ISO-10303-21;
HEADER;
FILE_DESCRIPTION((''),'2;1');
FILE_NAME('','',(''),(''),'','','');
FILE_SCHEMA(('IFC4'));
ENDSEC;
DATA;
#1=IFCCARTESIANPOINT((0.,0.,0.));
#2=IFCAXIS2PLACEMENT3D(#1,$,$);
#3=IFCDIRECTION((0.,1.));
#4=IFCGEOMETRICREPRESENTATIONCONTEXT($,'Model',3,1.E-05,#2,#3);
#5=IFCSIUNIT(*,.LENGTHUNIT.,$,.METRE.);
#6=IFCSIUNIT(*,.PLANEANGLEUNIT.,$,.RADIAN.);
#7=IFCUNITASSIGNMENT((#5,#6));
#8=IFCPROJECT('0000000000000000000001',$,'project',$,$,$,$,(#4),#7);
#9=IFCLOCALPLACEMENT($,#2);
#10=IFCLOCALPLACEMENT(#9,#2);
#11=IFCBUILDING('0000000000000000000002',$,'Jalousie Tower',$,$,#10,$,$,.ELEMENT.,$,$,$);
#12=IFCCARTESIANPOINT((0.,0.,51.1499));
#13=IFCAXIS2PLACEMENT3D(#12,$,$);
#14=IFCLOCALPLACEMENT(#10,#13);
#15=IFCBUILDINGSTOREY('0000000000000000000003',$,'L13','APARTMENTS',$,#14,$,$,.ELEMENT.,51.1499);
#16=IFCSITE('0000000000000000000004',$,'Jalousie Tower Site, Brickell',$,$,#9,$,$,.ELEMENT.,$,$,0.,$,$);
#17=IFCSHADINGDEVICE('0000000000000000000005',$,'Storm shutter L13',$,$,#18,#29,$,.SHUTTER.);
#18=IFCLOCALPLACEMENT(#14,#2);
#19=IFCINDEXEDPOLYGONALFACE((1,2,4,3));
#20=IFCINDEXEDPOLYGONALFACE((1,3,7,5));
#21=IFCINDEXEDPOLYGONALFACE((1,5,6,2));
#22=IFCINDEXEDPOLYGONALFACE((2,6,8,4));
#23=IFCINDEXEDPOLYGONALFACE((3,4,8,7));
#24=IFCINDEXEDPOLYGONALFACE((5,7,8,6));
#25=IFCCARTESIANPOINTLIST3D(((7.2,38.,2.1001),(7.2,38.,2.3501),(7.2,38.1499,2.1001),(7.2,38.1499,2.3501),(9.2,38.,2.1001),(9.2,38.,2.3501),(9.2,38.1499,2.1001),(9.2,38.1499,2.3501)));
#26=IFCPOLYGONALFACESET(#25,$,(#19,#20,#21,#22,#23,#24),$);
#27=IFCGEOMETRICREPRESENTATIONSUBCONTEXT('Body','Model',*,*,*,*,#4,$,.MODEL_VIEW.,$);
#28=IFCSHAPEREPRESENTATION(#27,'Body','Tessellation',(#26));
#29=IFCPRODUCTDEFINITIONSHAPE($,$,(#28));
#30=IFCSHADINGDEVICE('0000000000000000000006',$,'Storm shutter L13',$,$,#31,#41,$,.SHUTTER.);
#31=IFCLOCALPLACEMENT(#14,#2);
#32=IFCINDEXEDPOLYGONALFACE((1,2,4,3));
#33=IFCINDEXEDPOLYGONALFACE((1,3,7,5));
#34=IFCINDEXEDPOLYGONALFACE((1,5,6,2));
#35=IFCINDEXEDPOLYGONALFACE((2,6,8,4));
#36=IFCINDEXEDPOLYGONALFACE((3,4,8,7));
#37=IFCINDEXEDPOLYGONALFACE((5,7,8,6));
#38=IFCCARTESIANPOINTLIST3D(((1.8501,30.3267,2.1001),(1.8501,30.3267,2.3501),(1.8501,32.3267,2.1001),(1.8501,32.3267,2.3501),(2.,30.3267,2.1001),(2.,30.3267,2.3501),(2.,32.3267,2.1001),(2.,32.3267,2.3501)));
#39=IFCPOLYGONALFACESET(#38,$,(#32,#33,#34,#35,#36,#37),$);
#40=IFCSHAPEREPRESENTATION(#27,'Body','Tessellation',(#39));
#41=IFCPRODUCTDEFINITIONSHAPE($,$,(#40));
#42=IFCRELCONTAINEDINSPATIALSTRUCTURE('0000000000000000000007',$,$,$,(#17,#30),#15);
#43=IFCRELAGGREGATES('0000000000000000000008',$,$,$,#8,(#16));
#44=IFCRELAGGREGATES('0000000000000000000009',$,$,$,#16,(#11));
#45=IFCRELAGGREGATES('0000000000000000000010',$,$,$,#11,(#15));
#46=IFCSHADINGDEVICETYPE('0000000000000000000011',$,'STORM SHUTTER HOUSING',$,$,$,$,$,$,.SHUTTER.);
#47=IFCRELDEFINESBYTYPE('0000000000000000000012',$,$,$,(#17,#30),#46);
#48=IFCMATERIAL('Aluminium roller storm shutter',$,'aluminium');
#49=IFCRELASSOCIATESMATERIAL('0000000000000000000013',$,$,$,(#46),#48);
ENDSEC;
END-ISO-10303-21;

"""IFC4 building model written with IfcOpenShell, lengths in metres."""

from ifc_helpers import new_model, si_unit, direction, frame, origin, origin_2d, place, context, subcontext, project, spatial, rectangle, extrude, material, type_object, element, save


model = new_model("IFC4")

# Units and contexts
model_context = context("Model", 3, precision=1e-05, world=origin(), true_north=direction((0.0, 1.0)))
body_context = subcontext(model_context, "Body", "Model", "MODEL_VIEW")
ifc_project = project(units=[si_unit("LENGTHUNIT", "METRE"), si_unit("PLANEANGLEUNIT", "RADIAN")], contexts=[model_context])

# Site, building, storey
site_placement = place(None, origin())
site = spatial("IfcSite", under=ifc_project, at=site_placement, Name="Jalousie Tower Site, Brickell", CompositionType="ELEMENT", RefElevation=0.0)
building_placement = place(site_placement, origin())
building = spatial("IfcBuilding", under=site, at=building_placement, Name="Jalousie Tower", CompositionType="ELEMENT")
storey_placement = place(building_placement, frame((0.0, 0.0, 51.1499)))
storey = spatial("IfcBuildingStorey", under=building, at=storey_placement, Name="L13", Description="APARTMENTS", CompositionType="ELEMENT", Elevation=51.1499)

# Shading devices
ifc_material_1 = material(Name="Aluminium roller storm shutter", Category="aluminium")
shading_device_type = type_object("IfcShadingDeviceType", Name="STORM SHUTTER HOUSING", PredefinedType="SHUTTER", material=ifc_material_1)
for number, where, z_axis, x_axis, name in (
    (1, (8.2, 38.075, 2.1001), (0.0, 0.0, 1.0), (-1.0, 0.0, 0.0), "Storm shutter L13"),
    (2, (1.925, 31.3267, 2.1001), (0.0, 0.0, 1.0), (0.0, -1.0, 0.0), "Storm shutter L13"),
):
    element("IfcShadingDevice", number, at=place(storey_placement, frame(where, z_axis=z_axis, x_axis=x_axis)), inside=storey, type_object=shading_device_type, Name=name, PredefinedType="SHUTTER", context=body_context, shape_type="SweptSolid", body=[
        extrude(rectangle(XDim=2.0, YDim=0.1499, at=origin_2d()), origin(), (0.0, 0.0, 1.0), 0.25),
    ])

save(model, "model.ifc")
